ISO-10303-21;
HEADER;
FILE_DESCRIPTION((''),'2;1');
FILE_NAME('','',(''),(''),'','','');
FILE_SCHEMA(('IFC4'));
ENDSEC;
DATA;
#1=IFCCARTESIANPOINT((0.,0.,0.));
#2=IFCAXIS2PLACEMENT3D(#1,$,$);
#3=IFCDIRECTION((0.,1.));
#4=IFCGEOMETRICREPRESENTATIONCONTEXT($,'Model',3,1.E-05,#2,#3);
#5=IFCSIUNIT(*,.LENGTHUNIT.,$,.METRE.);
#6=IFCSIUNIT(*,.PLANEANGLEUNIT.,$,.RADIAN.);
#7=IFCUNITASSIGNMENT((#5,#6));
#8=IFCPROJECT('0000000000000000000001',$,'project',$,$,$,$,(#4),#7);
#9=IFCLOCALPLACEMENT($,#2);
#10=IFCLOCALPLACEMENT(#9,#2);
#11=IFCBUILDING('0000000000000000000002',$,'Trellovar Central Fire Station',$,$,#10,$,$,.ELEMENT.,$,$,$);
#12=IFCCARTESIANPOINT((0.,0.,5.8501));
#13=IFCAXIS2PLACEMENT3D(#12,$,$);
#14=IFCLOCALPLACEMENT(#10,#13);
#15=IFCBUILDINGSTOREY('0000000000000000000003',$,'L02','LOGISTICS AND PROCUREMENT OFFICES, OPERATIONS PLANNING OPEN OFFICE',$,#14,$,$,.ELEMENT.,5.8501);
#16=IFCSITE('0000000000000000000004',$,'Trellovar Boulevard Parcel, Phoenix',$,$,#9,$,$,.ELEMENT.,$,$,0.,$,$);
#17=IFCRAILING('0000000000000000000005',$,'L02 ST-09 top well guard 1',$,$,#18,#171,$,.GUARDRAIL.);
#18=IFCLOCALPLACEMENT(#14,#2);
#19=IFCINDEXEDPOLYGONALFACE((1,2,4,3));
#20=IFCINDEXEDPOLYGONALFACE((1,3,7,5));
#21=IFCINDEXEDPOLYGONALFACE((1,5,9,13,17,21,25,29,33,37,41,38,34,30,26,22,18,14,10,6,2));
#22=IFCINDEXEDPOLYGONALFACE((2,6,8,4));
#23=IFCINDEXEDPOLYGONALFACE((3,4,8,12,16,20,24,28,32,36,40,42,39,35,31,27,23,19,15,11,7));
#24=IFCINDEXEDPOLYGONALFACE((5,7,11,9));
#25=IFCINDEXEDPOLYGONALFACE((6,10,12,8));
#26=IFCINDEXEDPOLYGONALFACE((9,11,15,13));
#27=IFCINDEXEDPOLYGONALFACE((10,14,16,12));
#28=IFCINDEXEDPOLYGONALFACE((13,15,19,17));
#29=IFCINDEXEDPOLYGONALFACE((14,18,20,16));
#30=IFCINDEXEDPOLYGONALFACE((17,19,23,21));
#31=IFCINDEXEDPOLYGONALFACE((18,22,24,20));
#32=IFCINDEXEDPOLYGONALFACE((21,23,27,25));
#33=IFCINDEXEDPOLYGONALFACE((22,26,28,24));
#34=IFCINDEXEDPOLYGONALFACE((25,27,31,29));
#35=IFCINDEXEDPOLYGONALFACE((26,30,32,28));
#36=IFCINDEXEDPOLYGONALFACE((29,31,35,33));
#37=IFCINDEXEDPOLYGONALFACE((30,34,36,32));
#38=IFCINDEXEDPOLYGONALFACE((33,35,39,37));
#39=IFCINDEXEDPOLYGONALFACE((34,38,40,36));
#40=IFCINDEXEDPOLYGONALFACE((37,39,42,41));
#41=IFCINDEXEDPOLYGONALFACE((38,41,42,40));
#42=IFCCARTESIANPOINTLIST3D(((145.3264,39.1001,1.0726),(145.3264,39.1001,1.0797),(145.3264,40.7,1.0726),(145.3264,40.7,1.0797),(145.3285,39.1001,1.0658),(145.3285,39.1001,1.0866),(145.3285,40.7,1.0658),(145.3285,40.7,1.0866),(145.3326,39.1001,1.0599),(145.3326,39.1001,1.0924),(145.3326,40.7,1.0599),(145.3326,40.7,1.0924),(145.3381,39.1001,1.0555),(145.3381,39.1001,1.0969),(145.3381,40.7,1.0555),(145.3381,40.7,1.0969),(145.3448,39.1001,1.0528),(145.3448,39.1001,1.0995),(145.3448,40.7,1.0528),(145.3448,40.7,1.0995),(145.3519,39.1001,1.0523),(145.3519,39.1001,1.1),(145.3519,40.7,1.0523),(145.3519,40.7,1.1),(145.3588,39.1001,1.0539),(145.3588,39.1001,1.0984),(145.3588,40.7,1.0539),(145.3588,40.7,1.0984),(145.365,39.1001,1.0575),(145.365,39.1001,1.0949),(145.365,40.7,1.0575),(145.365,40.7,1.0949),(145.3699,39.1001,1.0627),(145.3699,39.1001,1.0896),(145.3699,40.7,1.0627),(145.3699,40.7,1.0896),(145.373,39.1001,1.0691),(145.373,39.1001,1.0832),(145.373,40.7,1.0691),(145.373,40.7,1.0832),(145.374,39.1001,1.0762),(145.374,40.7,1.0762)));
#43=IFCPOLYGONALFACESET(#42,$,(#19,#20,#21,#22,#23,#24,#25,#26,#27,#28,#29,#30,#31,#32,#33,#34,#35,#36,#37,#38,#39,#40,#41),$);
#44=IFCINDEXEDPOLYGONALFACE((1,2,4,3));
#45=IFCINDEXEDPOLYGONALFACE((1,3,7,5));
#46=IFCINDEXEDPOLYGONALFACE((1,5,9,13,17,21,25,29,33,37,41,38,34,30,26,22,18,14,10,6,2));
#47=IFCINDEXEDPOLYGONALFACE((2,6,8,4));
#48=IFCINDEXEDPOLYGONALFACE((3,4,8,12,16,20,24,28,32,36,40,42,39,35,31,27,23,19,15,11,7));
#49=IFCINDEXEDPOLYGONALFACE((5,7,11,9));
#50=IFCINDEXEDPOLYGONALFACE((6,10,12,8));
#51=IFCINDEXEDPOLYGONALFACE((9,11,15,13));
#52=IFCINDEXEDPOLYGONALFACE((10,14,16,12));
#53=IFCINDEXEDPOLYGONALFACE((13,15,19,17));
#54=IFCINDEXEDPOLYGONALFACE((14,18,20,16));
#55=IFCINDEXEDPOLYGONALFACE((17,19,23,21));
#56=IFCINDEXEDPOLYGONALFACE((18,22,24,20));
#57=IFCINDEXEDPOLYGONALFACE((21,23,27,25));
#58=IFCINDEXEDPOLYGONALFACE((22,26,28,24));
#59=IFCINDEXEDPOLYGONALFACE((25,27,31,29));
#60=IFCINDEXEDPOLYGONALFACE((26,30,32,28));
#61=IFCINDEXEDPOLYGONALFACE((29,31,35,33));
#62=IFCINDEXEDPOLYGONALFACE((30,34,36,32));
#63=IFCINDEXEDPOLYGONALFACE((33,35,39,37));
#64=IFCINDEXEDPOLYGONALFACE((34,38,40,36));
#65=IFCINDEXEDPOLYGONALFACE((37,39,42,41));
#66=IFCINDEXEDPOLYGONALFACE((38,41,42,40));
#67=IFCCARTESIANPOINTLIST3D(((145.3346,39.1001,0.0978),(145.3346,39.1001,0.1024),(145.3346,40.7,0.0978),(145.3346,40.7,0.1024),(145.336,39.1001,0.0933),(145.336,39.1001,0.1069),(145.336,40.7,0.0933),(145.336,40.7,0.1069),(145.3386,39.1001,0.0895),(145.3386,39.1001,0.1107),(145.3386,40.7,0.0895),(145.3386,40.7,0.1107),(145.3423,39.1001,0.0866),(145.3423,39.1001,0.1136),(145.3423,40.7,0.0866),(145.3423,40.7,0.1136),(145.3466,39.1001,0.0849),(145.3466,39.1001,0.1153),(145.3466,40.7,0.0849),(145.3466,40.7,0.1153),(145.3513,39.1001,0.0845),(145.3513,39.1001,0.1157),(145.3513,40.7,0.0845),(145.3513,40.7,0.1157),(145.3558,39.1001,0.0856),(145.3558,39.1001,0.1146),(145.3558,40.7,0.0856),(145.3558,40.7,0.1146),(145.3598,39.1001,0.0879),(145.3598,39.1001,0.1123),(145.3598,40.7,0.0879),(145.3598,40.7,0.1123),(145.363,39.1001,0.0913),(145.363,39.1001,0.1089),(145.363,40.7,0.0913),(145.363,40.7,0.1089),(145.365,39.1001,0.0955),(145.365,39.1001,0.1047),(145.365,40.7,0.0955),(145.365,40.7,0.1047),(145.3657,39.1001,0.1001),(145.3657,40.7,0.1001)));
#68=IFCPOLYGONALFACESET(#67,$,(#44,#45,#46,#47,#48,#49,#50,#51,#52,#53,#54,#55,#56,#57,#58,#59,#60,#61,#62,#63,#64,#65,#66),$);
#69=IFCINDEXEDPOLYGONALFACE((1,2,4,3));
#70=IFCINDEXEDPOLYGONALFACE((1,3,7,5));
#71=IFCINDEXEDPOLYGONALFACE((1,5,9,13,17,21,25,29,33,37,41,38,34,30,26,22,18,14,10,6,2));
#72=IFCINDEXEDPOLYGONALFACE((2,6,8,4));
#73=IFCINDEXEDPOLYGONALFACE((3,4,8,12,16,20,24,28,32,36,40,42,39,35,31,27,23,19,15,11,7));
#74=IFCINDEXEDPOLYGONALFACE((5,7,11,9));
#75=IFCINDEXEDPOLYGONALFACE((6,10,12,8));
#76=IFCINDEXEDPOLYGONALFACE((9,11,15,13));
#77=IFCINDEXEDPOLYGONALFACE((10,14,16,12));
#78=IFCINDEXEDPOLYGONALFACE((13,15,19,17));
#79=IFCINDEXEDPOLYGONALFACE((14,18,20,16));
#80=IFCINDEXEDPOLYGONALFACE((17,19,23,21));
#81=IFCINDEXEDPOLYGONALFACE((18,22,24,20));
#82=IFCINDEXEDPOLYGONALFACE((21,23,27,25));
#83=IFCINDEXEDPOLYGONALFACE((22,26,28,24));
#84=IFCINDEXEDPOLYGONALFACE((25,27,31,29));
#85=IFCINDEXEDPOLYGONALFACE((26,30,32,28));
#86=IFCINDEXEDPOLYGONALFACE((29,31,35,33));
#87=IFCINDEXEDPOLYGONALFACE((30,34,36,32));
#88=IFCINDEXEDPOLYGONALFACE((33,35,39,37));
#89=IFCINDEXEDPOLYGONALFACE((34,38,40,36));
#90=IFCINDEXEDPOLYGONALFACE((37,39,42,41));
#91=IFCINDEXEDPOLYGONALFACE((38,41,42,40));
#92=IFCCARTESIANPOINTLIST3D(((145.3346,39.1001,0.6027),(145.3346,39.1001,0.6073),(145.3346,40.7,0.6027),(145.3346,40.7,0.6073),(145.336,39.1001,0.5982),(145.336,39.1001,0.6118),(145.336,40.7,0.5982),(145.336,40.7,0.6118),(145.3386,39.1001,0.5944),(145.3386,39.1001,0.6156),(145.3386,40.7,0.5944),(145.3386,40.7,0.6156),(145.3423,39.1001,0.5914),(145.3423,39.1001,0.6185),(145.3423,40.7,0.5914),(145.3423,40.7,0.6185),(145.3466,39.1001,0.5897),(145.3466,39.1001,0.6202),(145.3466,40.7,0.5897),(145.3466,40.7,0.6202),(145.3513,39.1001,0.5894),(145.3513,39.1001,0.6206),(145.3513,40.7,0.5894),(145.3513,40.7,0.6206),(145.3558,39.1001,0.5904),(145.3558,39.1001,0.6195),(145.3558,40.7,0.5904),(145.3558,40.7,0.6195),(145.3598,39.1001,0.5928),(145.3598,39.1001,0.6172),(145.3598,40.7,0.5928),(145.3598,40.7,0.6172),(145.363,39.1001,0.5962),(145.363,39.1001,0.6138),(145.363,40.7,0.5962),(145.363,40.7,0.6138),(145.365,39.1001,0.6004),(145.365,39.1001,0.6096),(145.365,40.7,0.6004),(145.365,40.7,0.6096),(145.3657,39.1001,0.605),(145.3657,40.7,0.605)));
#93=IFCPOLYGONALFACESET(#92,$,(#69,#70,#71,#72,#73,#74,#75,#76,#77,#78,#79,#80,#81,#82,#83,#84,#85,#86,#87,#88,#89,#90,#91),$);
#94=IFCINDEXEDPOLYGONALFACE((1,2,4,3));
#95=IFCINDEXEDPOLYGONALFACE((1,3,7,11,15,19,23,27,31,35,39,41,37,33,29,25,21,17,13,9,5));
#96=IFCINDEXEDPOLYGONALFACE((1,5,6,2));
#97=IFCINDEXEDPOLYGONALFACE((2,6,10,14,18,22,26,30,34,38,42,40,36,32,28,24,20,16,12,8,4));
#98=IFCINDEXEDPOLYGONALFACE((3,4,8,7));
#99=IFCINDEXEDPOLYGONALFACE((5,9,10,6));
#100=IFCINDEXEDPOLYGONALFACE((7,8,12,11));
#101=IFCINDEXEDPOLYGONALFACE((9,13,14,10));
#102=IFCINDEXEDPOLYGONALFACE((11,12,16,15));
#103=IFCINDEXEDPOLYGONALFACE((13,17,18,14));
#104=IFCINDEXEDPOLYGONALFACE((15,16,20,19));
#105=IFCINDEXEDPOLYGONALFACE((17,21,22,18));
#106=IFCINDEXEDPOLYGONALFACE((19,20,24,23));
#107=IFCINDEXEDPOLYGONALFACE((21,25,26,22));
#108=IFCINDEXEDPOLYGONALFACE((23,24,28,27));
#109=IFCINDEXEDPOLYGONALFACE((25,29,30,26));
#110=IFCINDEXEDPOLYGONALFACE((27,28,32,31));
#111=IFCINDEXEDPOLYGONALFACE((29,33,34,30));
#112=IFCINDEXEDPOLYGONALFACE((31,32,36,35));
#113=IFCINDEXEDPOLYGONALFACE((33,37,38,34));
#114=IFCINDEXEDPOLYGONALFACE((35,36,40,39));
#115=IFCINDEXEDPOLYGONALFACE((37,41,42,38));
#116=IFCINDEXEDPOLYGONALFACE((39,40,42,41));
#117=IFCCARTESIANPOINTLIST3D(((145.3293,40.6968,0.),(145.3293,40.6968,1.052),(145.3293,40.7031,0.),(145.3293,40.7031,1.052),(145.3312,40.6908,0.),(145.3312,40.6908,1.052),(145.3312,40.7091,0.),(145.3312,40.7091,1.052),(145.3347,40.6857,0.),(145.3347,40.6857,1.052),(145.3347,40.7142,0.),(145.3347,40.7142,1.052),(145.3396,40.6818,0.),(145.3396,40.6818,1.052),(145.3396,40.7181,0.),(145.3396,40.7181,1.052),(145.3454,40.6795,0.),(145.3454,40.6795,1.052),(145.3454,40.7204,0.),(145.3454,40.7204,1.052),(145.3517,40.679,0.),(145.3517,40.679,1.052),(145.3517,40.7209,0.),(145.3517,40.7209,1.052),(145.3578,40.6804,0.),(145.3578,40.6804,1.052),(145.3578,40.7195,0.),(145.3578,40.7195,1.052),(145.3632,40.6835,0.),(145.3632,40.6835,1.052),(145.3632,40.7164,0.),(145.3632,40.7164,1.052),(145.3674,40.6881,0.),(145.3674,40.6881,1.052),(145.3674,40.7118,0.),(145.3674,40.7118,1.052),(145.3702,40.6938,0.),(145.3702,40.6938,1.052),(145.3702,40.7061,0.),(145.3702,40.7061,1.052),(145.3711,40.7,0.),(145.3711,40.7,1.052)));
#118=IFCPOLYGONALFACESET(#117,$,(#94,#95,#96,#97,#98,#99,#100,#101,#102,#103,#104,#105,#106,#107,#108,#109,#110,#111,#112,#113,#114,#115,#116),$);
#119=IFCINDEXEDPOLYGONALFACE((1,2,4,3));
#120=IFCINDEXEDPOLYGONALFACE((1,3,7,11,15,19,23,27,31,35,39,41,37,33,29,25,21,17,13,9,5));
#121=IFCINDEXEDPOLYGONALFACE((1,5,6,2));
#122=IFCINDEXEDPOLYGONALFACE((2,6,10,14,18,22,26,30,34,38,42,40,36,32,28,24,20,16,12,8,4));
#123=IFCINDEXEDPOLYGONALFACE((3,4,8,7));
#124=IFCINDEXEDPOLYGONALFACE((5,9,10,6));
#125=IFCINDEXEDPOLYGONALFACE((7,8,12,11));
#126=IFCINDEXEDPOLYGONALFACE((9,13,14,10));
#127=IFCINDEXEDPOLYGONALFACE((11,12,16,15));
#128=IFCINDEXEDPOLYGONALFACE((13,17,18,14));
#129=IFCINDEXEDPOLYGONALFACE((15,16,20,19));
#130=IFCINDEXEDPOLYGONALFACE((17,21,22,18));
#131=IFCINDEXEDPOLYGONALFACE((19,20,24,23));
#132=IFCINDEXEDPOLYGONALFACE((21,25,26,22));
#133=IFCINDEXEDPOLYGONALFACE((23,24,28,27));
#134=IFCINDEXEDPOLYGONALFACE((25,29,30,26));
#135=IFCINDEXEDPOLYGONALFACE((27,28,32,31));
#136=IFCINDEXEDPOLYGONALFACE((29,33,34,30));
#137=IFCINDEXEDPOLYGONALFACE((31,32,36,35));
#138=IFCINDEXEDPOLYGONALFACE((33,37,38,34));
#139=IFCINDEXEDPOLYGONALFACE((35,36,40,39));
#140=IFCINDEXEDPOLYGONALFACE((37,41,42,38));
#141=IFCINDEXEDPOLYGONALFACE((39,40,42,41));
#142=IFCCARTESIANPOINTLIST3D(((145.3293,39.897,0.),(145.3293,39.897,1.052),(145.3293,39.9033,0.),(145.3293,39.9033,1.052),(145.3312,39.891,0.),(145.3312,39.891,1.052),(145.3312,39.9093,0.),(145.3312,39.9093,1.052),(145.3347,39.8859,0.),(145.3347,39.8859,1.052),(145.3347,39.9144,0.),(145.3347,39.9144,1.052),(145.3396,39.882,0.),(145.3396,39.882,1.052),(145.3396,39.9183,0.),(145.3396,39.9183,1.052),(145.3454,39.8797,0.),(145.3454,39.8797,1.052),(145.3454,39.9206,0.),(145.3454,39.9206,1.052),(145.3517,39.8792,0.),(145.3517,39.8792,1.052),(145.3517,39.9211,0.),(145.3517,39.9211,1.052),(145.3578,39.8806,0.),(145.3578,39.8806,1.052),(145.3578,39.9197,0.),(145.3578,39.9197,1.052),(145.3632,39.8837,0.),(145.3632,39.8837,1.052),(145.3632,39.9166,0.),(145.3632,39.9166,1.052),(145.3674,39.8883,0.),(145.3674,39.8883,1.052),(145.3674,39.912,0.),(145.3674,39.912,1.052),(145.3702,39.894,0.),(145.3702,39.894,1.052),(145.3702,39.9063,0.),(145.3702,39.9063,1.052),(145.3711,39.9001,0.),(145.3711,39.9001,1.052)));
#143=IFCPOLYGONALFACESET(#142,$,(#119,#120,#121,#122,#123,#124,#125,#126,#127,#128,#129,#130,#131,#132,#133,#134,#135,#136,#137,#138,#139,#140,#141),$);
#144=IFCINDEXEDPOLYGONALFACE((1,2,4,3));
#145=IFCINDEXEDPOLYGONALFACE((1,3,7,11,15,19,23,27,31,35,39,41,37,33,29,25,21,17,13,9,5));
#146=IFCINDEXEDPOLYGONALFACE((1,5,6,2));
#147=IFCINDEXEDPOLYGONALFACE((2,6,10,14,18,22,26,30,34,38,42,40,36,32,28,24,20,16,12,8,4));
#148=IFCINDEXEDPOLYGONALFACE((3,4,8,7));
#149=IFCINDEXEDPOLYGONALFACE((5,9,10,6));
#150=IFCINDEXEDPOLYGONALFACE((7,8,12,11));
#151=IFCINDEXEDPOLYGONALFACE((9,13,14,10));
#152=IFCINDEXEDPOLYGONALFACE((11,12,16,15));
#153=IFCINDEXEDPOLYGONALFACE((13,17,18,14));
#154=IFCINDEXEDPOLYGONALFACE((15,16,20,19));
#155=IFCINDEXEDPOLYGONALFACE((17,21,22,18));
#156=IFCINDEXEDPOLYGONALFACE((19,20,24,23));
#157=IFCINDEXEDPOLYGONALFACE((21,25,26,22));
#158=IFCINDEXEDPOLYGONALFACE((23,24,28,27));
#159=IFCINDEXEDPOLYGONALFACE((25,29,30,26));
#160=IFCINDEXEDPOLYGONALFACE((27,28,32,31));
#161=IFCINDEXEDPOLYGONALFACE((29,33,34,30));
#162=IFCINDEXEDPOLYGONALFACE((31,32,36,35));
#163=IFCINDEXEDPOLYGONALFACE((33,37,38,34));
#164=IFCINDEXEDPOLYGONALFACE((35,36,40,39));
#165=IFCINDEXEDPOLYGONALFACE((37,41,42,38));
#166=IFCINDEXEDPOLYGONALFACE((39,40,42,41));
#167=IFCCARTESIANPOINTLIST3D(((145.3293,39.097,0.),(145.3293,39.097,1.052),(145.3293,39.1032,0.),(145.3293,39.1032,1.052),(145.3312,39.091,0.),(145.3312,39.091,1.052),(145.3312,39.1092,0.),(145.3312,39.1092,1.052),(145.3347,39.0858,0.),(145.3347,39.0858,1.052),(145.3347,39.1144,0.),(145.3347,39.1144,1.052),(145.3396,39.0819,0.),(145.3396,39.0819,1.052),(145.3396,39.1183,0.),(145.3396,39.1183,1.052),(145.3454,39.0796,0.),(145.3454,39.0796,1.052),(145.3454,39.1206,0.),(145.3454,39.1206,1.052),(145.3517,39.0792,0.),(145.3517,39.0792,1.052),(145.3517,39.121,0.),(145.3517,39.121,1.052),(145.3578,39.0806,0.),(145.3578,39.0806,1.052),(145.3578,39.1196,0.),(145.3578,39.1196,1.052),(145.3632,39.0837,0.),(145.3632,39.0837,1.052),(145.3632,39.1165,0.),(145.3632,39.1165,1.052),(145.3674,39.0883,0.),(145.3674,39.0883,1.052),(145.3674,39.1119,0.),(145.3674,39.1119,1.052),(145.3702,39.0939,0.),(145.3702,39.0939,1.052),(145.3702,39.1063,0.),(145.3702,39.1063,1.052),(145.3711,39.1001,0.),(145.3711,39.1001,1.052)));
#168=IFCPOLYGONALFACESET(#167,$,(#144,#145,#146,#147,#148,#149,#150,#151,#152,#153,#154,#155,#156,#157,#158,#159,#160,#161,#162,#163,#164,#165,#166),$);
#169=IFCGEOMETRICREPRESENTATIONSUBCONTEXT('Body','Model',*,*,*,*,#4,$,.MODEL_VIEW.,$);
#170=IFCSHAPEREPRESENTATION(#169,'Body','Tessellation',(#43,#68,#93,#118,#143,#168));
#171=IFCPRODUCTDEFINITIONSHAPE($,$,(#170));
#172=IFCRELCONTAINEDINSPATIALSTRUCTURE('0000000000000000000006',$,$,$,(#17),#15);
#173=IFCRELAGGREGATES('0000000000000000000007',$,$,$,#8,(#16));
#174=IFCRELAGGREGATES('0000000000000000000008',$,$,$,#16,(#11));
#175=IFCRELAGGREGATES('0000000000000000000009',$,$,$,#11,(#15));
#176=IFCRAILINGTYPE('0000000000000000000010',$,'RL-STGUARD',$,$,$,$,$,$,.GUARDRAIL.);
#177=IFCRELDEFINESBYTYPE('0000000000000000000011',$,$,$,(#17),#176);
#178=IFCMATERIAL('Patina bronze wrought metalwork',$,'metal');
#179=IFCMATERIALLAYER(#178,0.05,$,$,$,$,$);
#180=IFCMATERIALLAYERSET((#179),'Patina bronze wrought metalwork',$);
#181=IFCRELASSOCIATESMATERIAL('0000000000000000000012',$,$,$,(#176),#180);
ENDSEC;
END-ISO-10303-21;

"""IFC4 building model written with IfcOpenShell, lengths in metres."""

from ifc_helpers import new_model, si_unit, direction, frame, origin, origin_2d, place, context, subcontext, project, spatial, circle, extrude, material, layer, layer_set, type_object, element, save


model = new_model("IFC4")

# Units and contexts
model_context = context("Model", 3, precision=1e-05, world=origin(), true_north=direction((0.0, 1.0)))
body_context = subcontext(model_context, "Body", "Model", "MODEL_VIEW")
ifc_project = project(units=[si_unit("LENGTHUNIT", "METRE"), si_unit("PLANEANGLEUNIT", "RADIAN")], contexts=[model_context])

# Site, building, storey
site_placement = place(None, origin())
site = spatial("IfcSite", under=ifc_project, at=site_placement, Name="Trellovar Boulevard Parcel, Phoenix", CompositionType="ELEMENT", RefElevation=0.0)
building_placement = place(site_placement, origin())
building = spatial("IfcBuilding", under=site, at=building_placement, Name="Trellovar Central Fire Station", CompositionType="ELEMENT")
storey_placement = place(building_placement, frame((0.0, 0.0, 5.8501)))
storey = spatial("IfcBuildingStorey", under=building, at=storey_placement, Name="L02", Description="LOGISTICS AND PROCUREMENT OFFICES, OPERATIONS PLANNING OPEN OFFICE", CompositionType="ELEMENT", Elevation=5.8501)

# Railing
ifc_material_1 = material(Name="Patina bronze wrought metalwork", Category="metal")
ifc_layer_1 = layer(ifc_material_1, 0.05)
ifc_layer_set_1 = layer_set([ifc_layer_1], Name="Patina bronze wrought metalwork")
railing_type = type_object("IfcRailingType", Name="RL-STGUARD", PredefinedType="GUARDRAIL", material=ifc_layer_set_1)
railing_placement = place(storey_placement, frame((145.3501, 40.7, 0.0)))
element("IfcRailing", 1, at=railing_placement, inside=storey, type_object=railing_type, Name="L02 ST-09 top well guard 1", PredefinedType="GUARDRAIL", context=body_context, shape_type="SweptSolid", body=[
    extrude(circle(Radius=0.0239, at=origin_2d()), frame((0.0, 0.0, 1.0762), z_axis=(0.0, -1.0, 0.0), x_axis=(1.0, 0.0, 0.0)), (0.0, 0.0, 1.0), 1.5999),
    extrude(circle(Radius=0.0156, at=origin_2d()), frame((0.0, 0.0, 0.1001), z_axis=(0.0, -1.0, 0.0), x_axis=(1.0, 0.0, 0.0)), (0.0, 0.0, 1.0), 1.5999),
    extrude(circle(Radius=0.0156, at=origin_2d()), frame((0.0, 0.0, 0.605), z_axis=(0.0, -1.0, 0.0), x_axis=(1.0, 0.0, 0.0)), (0.0, 0.0, 1.0), 1.5999),
    extrude(circle(Radius=0.021, at=origin_2d()), origin(), (0.0, 0.0, 1.0), 1.052),
    extrude(circle(Radius=0.021, at=origin_2d()), frame((0.0, -0.7998, 0.0)), (0.0, 0.0, 1.0), 1.052),
    extrude(circle(Radius=0.021, at=origin_2d()), frame((0.0, -1.5999, 0.0)), (0.0, 0.0, 1.0), 1.052),
])

save(model, "model.ifc")
